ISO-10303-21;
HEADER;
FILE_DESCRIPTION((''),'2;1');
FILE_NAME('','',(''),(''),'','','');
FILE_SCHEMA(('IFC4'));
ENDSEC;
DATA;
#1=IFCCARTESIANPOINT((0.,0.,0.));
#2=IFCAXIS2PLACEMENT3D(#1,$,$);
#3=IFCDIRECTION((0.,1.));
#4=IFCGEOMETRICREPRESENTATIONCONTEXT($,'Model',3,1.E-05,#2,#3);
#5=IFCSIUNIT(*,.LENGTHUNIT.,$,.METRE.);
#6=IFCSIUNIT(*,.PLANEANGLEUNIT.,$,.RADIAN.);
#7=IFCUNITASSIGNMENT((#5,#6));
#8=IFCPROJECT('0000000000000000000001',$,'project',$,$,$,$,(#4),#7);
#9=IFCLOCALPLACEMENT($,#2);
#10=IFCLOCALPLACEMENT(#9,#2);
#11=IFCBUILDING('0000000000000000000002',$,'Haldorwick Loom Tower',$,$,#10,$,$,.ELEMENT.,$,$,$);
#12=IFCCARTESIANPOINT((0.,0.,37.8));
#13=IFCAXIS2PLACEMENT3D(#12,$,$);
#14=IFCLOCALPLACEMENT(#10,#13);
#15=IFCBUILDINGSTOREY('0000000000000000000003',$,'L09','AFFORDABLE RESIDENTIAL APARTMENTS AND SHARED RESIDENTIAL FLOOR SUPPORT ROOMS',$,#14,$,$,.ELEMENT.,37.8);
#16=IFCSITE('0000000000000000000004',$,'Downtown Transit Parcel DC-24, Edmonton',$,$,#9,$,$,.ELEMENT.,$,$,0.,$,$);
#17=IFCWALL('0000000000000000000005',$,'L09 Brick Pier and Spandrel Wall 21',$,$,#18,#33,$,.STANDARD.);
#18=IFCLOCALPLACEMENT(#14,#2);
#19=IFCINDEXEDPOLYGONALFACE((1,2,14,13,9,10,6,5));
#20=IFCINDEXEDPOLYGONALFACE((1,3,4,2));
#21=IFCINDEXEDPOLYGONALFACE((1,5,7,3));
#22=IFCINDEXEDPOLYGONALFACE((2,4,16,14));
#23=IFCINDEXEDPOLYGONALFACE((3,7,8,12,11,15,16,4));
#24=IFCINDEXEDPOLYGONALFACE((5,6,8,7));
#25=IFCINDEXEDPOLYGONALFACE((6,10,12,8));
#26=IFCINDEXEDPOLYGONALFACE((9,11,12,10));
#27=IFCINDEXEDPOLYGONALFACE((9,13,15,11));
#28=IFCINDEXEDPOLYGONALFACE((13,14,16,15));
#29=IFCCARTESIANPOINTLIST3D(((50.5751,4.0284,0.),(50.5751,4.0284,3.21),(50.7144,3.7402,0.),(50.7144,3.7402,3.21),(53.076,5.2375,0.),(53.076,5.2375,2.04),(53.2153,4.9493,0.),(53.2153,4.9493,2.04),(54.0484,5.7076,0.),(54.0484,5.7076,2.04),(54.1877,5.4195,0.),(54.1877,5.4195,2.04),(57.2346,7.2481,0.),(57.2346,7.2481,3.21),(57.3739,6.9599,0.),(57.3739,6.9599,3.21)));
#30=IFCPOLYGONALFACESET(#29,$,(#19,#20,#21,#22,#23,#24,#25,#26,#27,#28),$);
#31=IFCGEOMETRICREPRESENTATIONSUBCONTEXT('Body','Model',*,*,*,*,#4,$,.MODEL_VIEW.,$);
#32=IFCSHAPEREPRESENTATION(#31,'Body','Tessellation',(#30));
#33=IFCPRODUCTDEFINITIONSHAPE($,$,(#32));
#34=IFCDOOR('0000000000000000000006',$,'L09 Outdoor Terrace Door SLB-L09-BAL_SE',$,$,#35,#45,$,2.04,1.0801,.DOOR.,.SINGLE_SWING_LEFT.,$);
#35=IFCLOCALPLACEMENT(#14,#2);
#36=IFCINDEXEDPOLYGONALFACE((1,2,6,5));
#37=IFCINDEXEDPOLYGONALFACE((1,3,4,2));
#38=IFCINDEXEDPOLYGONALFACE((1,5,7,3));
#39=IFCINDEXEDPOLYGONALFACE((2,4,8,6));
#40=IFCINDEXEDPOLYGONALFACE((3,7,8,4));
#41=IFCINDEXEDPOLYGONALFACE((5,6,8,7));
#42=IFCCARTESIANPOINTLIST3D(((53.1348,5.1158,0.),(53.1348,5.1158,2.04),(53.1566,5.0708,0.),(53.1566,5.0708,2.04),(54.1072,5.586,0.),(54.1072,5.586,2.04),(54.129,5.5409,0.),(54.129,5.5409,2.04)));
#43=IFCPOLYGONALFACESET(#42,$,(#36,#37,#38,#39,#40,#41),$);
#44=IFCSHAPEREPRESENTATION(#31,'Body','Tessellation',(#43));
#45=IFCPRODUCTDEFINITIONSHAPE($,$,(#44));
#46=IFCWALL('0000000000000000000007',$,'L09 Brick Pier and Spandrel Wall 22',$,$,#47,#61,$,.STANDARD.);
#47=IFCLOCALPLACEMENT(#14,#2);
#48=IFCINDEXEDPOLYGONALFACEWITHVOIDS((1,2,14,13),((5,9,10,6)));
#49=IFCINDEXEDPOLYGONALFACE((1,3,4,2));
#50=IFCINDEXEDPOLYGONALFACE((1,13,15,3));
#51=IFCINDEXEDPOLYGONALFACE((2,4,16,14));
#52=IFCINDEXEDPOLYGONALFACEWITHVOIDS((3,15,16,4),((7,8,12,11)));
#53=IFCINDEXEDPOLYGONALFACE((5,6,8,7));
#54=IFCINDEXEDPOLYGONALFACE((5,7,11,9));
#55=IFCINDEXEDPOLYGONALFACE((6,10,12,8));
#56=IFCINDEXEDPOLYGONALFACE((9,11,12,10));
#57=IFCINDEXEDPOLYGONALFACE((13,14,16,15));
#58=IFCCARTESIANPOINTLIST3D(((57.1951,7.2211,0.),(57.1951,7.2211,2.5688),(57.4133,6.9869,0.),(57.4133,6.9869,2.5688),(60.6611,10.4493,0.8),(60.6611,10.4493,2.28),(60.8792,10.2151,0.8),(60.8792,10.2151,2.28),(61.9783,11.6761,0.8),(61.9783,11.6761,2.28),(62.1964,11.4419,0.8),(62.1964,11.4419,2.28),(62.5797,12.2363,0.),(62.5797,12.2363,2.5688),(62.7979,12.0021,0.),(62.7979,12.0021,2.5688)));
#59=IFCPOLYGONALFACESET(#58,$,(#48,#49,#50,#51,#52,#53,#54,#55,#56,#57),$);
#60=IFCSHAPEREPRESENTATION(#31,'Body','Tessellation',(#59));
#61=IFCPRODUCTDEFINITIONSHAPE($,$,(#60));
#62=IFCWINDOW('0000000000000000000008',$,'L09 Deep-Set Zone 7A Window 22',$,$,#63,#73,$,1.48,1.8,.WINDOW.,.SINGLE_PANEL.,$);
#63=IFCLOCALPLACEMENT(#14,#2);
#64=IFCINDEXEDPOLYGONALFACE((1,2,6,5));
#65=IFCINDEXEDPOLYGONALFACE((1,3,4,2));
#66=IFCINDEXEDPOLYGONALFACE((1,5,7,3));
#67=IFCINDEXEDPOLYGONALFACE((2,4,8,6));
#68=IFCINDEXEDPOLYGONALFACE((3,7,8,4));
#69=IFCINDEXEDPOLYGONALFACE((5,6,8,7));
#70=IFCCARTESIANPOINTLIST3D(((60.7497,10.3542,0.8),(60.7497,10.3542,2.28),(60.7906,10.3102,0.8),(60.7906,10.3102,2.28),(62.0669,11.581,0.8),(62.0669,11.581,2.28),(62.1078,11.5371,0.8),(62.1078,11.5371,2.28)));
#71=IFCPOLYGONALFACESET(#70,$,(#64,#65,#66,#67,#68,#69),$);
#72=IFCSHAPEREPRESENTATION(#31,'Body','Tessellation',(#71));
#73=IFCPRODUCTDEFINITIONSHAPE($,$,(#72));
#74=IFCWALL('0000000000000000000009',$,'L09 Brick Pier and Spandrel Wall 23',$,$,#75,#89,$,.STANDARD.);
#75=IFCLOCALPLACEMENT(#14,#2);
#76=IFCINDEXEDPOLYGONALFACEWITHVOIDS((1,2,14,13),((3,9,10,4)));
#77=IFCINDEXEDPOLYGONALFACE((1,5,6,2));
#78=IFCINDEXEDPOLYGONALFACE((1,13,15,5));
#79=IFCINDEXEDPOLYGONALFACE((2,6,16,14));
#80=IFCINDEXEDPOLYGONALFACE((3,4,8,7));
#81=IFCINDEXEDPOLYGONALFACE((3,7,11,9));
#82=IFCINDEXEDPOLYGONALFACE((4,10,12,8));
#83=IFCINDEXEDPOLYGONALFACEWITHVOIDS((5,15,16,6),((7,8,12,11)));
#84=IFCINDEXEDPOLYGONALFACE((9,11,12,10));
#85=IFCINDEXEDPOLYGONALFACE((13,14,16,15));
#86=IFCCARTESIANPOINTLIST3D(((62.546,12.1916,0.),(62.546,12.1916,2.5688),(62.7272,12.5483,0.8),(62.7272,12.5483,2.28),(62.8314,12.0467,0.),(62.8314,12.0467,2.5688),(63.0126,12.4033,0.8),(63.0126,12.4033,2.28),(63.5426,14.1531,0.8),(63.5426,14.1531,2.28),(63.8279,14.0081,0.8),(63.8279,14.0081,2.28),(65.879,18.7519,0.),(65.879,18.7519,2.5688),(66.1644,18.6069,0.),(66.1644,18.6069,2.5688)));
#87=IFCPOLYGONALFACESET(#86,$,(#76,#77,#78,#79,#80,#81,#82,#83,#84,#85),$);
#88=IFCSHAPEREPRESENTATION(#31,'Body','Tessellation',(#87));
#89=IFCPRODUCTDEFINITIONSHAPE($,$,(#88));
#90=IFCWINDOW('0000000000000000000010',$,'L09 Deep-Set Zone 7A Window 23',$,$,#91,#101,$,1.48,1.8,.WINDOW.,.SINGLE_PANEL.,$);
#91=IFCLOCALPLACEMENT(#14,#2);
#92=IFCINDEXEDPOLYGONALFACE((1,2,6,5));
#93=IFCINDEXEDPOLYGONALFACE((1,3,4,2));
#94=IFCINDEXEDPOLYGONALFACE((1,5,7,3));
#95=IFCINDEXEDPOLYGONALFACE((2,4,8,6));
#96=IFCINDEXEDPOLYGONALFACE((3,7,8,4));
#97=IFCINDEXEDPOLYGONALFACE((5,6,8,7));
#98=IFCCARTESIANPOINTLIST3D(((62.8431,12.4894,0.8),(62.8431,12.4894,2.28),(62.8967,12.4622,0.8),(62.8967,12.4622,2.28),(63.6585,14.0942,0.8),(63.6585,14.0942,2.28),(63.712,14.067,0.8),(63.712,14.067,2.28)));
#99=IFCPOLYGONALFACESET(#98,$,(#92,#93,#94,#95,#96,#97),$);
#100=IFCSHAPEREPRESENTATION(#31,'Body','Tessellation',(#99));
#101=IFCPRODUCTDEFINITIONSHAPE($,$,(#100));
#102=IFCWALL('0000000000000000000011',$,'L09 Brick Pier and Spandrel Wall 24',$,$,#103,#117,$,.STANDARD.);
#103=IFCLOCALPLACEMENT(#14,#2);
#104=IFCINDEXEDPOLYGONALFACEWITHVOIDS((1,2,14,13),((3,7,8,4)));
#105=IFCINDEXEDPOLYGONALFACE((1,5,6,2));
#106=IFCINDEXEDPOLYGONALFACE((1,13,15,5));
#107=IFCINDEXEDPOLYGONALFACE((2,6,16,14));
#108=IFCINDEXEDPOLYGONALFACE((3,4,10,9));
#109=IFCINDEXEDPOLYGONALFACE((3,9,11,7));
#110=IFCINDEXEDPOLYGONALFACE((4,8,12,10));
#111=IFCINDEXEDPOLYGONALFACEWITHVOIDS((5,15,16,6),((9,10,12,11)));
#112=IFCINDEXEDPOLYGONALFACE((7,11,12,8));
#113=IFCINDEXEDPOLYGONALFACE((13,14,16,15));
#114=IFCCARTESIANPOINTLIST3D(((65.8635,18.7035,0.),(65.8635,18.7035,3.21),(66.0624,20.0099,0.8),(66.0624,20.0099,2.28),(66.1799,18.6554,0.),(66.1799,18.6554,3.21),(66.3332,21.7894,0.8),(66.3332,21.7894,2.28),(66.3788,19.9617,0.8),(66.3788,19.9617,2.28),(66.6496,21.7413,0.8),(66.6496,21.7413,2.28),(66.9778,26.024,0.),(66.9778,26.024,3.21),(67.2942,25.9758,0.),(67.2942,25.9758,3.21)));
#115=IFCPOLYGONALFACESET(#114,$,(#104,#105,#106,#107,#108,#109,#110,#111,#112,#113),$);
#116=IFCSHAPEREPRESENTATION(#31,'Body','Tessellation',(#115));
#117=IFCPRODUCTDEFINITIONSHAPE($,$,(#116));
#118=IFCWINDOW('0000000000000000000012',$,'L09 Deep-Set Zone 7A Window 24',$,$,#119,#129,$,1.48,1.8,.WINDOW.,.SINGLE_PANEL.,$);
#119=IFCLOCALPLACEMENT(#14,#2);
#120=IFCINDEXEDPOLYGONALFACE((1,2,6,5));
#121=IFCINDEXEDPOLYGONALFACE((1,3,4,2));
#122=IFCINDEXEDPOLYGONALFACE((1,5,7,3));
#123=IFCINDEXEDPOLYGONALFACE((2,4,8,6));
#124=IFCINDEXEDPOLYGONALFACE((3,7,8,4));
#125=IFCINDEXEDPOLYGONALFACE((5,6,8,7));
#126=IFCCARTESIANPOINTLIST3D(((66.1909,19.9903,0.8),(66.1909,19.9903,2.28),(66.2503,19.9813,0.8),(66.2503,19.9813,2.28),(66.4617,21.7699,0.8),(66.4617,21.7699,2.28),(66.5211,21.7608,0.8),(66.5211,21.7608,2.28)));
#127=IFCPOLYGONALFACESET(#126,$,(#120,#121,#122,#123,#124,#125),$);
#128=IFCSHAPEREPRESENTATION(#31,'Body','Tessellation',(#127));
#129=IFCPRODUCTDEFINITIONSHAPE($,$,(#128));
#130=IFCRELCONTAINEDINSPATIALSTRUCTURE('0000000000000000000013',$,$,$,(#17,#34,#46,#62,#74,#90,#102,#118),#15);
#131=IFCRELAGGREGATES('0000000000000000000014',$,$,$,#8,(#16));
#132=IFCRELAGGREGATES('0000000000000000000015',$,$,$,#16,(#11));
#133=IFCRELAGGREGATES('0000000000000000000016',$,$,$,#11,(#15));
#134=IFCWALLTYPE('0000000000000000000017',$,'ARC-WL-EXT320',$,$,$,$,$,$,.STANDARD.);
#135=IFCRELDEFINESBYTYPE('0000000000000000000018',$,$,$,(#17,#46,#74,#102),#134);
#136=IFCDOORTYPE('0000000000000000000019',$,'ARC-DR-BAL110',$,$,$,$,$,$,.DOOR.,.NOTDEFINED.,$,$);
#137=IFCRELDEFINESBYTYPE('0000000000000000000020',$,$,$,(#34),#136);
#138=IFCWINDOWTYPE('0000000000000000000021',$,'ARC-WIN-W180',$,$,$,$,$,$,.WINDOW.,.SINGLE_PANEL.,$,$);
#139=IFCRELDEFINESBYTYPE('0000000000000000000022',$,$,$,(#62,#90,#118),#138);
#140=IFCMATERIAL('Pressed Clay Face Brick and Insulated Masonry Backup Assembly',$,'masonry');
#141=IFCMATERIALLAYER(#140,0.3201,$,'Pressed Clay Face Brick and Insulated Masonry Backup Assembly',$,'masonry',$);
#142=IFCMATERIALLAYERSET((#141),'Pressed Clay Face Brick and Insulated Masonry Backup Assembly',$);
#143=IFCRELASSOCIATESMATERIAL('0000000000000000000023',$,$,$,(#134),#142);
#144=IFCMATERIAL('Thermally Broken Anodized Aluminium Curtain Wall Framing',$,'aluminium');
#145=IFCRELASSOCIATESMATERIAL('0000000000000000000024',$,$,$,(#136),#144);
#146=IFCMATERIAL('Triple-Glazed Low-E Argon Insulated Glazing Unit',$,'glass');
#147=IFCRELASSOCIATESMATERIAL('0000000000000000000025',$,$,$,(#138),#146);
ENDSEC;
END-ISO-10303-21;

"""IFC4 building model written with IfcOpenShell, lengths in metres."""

from ifc_helpers import new_model, si_unit, direction, frame, frame_2d, origin, place, context, subcontext, project, spatial, rectangle, extrude, material, layer, layer_set, type_object, element, fill, save


model = new_model("IFC4")

# Units and contexts
model_context = context("Model", 3, precision=1e-05, world=origin(), true_north=direction((0.0, 1.0)))
body_context = subcontext(model_context, "Body", "Model", "MODEL_VIEW")
ifc_project = project(units=[si_unit("LENGTHUNIT", "METRE"), si_unit("PLANEANGLEUNIT", "RADIAN")], contexts=[model_context])

# Site, building, storey
site_placement = place(None, origin())
site = spatial("IfcSite", under=ifc_project, at=site_placement, Name="Downtown Transit Parcel DC-24, Edmonton", CompositionType="ELEMENT", RefElevation=0.0)
building_placement = place(site_placement, origin())
building = spatial("IfcBuilding", under=site, at=building_placement, Name="Haldorwick Loom Tower", CompositionType="ELEMENT")
storey_placement = place(building_placement, frame((0.0, 0.0, 37.8)))
storey = spatial("IfcBuildingStorey", under=building, at=storey_placement, Name="L09", Description="AFFORDABLE RESIDENTIAL APARTMENTS AND SHARED RESIDENTIAL FLOOR SUPPORT ROOMS", CompositionType="ELEMENT", Elevation=37.8)

# Wall, opening, door
ifc_material_1 = material(Name="Pressed Clay Face Brick and Insulated Masonry Backup Assembly", Category="masonry")
ifc_layer = layer(ifc_material_1, 0.3201, Name="Pressed Clay Face Brick and Insulated Masonry Backup Assembly", Category="masonry")
ifc_layer_set = layer_set([ifc_layer], Name="Pressed Clay Face Brick and Insulated Masonry Backup Assembly")
wall_type = type_object("IfcWallType", Name="ARC-WL-EXT320", PredefinedType="STANDARD", material=ifc_layer_set)
wall_1_placement = place(storey_placement, frame((50.6448, 3.8843, 0.0), z_axis=(0.0, 0.0, 1.0), x_axis=(0.900296, 0.435279, 0.0)))
wall_1 = element("IfcWall", 1, at=wall_1_placement, inside=storey, type_object=wall_type, Name="L09 Brick Pier and Spandrel Wall 21", PredefinedType="STANDARD", context=body_context, shape_type="SweptSolid", body=[
    extrude(rectangle(XDim=7.397, YDim=0.3201, at=frame_2d((3.6985, 0.0))), origin(), (0.0, 0.0, 1.0), 3.21),
])
opening_1_placement = place(wall_1_placement, frame((2.7778, 0.0, 0.0)))
opening_1 = element("IfcOpeningElement", 2, at=opening_1_placement, cuts=wall_1, PredefinedType="OPENING", context=body_context, shape_type="SweptSolid", body=[
    extrude(rectangle(XDim=1.0801, YDim=2.04, at=frame_2d((0.54, 1.02))), frame((0.0, 0.1699, 0.0), z_axis=(0.0, -1.0, 0.0), x_axis=(1.0, 0.0, 0.0)), (0.0, 0.0, 1.0), 0.3401),
])
ifc_material_2 = material(Name="Thermally Broken Anodized Aluminium Curtain Wall Framing", Category="aluminium")
door_type = type_object("IfcDoorType", Name="ARC-DR-BAL110", OperationType="NOTDEFINED", PredefinedType="DOOR", material=ifc_material_2)
door_placement = place(opening_1_placement, origin())
door = element("IfcDoor", 3, at=door_placement, inside=storey, type_object=door_type, Name="L09 Outdoor Terrace Door SLB-L09-BAL_SE", OperationType="SINGLE_SWING_LEFT", OverallHeight=2.04, OverallWidth=1.0801, PredefinedType="DOOR", context=body_context, shape_type="SweptSolid", body=[
    extrude(rectangle(XDim=1.0801, YDim=2.04, at=frame_2d((0.54, 1.02))), frame((0.0, 0.0249, 0.0), z_axis=(0.0, -1.0, 0.0), x_axis=(1.0, 0.0, 0.0)), (0.0, 0.0, 1.0), 0.05),
])
fill(opening_1, door)

# Walls, openings, windows
wall_2_placement = place(storey_placement, frame((57.3042, 7.104, 0.0), z_axis=(0.0, 0.0, 1.0), x_axis=(0.731761, 0.681561, 0.0)))
wall_2 = element("IfcWall", 4, at=wall_2_placement, inside=storey, type_object=wall_type, Name="L09 Brick Pier and Spandrel Wall 22", PredefinedType="STANDARD", context=body_context, shape_type="SweptSolid", body=[
    extrude(rectangle(XDim=7.3584, YDim=0.3201, at=frame_2d((3.6792, 0.0))), origin(), (0.0, 0.0, 1.0), 2.5688),
])
opening_2_placement = place(wall_2_placement, frame((4.7366, 0.0, 0.8)))
opening_2 = element("IfcOpeningElement", 5, at=opening_2_placement, cuts=wall_2, PredefinedType="OPENING", context=body_context, shape_type="SweptSolid", body=[
    extrude(rectangle(XDim=1.8, YDim=1.48, at=frame_2d((0.8999, 0.74))), frame((0.0, 0.1699, 0.0), z_axis=(0.0, -1.0, 0.0), x_axis=(1.0, 0.0, 0.0)), (0.0, 0.0, 1.0), 0.3401),
])
ifc_material_3 = material(Name="Triple-Glazed Low-E Argon Insulated Glazing Unit", Category="glass")
window_type = type_object("IfcWindowType", Name="ARC-WIN-W180", PartitioningType="SINGLE_PANEL", PredefinedType="WINDOW", material=ifc_material_3)
window_1_placement = place(opening_2_placement, origin())
window_1 = element("IfcWindow", 6, at=window_1_placement, inside=storey, type_object=window_type, Name="L09 Deep-Set Zone 7A Window 22", OverallHeight=1.48, OverallWidth=1.8, PartitioningType="SINGLE_PANEL", PredefinedType="WINDOW", context=body_context, shape_type="SweptSolid", body=[
    extrude(rectangle(XDim=1.8, YDim=1.48, at=frame_2d((0.8999, 0.74))), frame((0.0, 0.03, 0.0), z_axis=(0.0, -1.0, 0.0), x_axis=(1.0, 0.0, 0.0)), (0.0, 0.0, 1.0), 0.0601),
])
fill(opening_2, window_1)
wall_3_placement = place(storey_placement, frame((62.6887, 12.1191, 0.0), z_axis=(0.0, 0.0, 1.0), x_axis=(0.452951, 0.891535, 0.0)))
wall_3 = element("IfcWall", 7, at=wall_3_placement, inside=storey, type_object=wall_type, Name="L09 Brick Pier and Spandrel Wall 23", PredefinedType="STANDARD", context=body_context, shape_type="SweptSolid", body=[
    extrude(rectangle(XDim=7.3584, YDim=0.3201, at=frame_2d((3.6792, 0.0))), origin(), (0.0, 0.0, 1.0), 2.5688),
])
opening_3_placement = place(wall_3_placement, frame((0.4001, 0.0, 0.8)))
opening_3 = element("IfcOpeningElement", 8, at=opening_3_placement, cuts=wall_3, PredefinedType="OPENING", context=body_context, shape_type="SweptSolid", body=[
    extrude(rectangle(XDim=1.8, YDim=1.48, at=frame_2d((0.8999, 0.74))), frame((0.0, 0.1699, 0.0), z_axis=(0.0, -1.0, 0.0), x_axis=(1.0, 0.0, 0.0)), (0.0, 0.0, 1.0), 0.3401),
])
window_2_placement = place(opening_3_placement, origin())
window_2 = element("IfcWindow", 9, at=window_2_placement, inside=storey, type_object=window_type, Name="L09 Deep-Set Zone 7A Window 23", OverallHeight=1.48, OverallWidth=1.8, PartitioningType="SINGLE_PANEL", PredefinedType="WINDOW", context=body_context, shape_type="SweptSolid", body=[
    extrude(rectangle(XDim=1.8, YDim=1.48, at=frame_2d((0.8999, 0.74))), frame((0.0, 0.03, 0.0), z_axis=(0.0, -1.0, 0.0), x_axis=(1.0, 0.0, 0.0)), (0.0, 0.0, 1.0), 0.0601),
])
fill(opening_3, window_2)
wall_4_placement = place(storey_placement, frame((66.0217, 18.6794, 0.0), z_axis=(0.0, 0.0, 1.0), x_axis=(0.150476, 0.988614, 0.0)))
wall_4 = element("IfcWall", 10, at=wall_4_placement, inside=storey, type_object=wall_type, Name="L09 Brick Pier and Spandrel Wall 24", PredefinedType="STANDARD", context=body_context, shape_type="SweptSolid", body=[
    extrude(rectangle(XDim=7.4048, YDim=0.3201, at=frame_2d((3.7024, 0.0))), origin(), (0.0, 0.0, 1.0), 3.21),
])
opening_4_placement = place(wall_4_placement, frame((1.3215, 0.0, 0.8)))
opening_4 = element("IfcOpeningElement", 11, at=opening_4_placement, cuts=wall_4, PredefinedType="OPENING", context=body_context, shape_type="SweptSolid", body=[
    extrude(rectangle(XDim=1.8, YDim=1.48, at=frame_2d((0.8999, 0.74))), frame((0.0, 0.1699, 0.0), z_axis=(0.0, -1.0, 0.0), x_axis=(1.0, 0.0, 0.0)), (0.0, 0.0, 1.0), 0.3401),
])
window_3_placement = place(opening_4_placement, origin())
window_3 = element("IfcWindow", 12, at=window_3_placement, inside=storey, type_object=window_type, Name="L09 Deep-Set Zone 7A Window 24", OverallHeight=1.48, OverallWidth=1.8, PartitioningType="SINGLE_PANEL", PredefinedType="WINDOW", context=body_context, shape_type="SweptSolid", body=[
    extrude(rectangle(XDim=1.8, YDim=1.48, at=frame_2d((0.8999, 0.74))), frame((0.0, 0.03, 0.0), z_axis=(0.0, -1.0, 0.0), x_axis=(1.0, 0.0, 0.0)), (0.0, 0.0, 1.0), 0.0601),
])
fill(opening_4, window_3)

save(model, "model.ifc")
